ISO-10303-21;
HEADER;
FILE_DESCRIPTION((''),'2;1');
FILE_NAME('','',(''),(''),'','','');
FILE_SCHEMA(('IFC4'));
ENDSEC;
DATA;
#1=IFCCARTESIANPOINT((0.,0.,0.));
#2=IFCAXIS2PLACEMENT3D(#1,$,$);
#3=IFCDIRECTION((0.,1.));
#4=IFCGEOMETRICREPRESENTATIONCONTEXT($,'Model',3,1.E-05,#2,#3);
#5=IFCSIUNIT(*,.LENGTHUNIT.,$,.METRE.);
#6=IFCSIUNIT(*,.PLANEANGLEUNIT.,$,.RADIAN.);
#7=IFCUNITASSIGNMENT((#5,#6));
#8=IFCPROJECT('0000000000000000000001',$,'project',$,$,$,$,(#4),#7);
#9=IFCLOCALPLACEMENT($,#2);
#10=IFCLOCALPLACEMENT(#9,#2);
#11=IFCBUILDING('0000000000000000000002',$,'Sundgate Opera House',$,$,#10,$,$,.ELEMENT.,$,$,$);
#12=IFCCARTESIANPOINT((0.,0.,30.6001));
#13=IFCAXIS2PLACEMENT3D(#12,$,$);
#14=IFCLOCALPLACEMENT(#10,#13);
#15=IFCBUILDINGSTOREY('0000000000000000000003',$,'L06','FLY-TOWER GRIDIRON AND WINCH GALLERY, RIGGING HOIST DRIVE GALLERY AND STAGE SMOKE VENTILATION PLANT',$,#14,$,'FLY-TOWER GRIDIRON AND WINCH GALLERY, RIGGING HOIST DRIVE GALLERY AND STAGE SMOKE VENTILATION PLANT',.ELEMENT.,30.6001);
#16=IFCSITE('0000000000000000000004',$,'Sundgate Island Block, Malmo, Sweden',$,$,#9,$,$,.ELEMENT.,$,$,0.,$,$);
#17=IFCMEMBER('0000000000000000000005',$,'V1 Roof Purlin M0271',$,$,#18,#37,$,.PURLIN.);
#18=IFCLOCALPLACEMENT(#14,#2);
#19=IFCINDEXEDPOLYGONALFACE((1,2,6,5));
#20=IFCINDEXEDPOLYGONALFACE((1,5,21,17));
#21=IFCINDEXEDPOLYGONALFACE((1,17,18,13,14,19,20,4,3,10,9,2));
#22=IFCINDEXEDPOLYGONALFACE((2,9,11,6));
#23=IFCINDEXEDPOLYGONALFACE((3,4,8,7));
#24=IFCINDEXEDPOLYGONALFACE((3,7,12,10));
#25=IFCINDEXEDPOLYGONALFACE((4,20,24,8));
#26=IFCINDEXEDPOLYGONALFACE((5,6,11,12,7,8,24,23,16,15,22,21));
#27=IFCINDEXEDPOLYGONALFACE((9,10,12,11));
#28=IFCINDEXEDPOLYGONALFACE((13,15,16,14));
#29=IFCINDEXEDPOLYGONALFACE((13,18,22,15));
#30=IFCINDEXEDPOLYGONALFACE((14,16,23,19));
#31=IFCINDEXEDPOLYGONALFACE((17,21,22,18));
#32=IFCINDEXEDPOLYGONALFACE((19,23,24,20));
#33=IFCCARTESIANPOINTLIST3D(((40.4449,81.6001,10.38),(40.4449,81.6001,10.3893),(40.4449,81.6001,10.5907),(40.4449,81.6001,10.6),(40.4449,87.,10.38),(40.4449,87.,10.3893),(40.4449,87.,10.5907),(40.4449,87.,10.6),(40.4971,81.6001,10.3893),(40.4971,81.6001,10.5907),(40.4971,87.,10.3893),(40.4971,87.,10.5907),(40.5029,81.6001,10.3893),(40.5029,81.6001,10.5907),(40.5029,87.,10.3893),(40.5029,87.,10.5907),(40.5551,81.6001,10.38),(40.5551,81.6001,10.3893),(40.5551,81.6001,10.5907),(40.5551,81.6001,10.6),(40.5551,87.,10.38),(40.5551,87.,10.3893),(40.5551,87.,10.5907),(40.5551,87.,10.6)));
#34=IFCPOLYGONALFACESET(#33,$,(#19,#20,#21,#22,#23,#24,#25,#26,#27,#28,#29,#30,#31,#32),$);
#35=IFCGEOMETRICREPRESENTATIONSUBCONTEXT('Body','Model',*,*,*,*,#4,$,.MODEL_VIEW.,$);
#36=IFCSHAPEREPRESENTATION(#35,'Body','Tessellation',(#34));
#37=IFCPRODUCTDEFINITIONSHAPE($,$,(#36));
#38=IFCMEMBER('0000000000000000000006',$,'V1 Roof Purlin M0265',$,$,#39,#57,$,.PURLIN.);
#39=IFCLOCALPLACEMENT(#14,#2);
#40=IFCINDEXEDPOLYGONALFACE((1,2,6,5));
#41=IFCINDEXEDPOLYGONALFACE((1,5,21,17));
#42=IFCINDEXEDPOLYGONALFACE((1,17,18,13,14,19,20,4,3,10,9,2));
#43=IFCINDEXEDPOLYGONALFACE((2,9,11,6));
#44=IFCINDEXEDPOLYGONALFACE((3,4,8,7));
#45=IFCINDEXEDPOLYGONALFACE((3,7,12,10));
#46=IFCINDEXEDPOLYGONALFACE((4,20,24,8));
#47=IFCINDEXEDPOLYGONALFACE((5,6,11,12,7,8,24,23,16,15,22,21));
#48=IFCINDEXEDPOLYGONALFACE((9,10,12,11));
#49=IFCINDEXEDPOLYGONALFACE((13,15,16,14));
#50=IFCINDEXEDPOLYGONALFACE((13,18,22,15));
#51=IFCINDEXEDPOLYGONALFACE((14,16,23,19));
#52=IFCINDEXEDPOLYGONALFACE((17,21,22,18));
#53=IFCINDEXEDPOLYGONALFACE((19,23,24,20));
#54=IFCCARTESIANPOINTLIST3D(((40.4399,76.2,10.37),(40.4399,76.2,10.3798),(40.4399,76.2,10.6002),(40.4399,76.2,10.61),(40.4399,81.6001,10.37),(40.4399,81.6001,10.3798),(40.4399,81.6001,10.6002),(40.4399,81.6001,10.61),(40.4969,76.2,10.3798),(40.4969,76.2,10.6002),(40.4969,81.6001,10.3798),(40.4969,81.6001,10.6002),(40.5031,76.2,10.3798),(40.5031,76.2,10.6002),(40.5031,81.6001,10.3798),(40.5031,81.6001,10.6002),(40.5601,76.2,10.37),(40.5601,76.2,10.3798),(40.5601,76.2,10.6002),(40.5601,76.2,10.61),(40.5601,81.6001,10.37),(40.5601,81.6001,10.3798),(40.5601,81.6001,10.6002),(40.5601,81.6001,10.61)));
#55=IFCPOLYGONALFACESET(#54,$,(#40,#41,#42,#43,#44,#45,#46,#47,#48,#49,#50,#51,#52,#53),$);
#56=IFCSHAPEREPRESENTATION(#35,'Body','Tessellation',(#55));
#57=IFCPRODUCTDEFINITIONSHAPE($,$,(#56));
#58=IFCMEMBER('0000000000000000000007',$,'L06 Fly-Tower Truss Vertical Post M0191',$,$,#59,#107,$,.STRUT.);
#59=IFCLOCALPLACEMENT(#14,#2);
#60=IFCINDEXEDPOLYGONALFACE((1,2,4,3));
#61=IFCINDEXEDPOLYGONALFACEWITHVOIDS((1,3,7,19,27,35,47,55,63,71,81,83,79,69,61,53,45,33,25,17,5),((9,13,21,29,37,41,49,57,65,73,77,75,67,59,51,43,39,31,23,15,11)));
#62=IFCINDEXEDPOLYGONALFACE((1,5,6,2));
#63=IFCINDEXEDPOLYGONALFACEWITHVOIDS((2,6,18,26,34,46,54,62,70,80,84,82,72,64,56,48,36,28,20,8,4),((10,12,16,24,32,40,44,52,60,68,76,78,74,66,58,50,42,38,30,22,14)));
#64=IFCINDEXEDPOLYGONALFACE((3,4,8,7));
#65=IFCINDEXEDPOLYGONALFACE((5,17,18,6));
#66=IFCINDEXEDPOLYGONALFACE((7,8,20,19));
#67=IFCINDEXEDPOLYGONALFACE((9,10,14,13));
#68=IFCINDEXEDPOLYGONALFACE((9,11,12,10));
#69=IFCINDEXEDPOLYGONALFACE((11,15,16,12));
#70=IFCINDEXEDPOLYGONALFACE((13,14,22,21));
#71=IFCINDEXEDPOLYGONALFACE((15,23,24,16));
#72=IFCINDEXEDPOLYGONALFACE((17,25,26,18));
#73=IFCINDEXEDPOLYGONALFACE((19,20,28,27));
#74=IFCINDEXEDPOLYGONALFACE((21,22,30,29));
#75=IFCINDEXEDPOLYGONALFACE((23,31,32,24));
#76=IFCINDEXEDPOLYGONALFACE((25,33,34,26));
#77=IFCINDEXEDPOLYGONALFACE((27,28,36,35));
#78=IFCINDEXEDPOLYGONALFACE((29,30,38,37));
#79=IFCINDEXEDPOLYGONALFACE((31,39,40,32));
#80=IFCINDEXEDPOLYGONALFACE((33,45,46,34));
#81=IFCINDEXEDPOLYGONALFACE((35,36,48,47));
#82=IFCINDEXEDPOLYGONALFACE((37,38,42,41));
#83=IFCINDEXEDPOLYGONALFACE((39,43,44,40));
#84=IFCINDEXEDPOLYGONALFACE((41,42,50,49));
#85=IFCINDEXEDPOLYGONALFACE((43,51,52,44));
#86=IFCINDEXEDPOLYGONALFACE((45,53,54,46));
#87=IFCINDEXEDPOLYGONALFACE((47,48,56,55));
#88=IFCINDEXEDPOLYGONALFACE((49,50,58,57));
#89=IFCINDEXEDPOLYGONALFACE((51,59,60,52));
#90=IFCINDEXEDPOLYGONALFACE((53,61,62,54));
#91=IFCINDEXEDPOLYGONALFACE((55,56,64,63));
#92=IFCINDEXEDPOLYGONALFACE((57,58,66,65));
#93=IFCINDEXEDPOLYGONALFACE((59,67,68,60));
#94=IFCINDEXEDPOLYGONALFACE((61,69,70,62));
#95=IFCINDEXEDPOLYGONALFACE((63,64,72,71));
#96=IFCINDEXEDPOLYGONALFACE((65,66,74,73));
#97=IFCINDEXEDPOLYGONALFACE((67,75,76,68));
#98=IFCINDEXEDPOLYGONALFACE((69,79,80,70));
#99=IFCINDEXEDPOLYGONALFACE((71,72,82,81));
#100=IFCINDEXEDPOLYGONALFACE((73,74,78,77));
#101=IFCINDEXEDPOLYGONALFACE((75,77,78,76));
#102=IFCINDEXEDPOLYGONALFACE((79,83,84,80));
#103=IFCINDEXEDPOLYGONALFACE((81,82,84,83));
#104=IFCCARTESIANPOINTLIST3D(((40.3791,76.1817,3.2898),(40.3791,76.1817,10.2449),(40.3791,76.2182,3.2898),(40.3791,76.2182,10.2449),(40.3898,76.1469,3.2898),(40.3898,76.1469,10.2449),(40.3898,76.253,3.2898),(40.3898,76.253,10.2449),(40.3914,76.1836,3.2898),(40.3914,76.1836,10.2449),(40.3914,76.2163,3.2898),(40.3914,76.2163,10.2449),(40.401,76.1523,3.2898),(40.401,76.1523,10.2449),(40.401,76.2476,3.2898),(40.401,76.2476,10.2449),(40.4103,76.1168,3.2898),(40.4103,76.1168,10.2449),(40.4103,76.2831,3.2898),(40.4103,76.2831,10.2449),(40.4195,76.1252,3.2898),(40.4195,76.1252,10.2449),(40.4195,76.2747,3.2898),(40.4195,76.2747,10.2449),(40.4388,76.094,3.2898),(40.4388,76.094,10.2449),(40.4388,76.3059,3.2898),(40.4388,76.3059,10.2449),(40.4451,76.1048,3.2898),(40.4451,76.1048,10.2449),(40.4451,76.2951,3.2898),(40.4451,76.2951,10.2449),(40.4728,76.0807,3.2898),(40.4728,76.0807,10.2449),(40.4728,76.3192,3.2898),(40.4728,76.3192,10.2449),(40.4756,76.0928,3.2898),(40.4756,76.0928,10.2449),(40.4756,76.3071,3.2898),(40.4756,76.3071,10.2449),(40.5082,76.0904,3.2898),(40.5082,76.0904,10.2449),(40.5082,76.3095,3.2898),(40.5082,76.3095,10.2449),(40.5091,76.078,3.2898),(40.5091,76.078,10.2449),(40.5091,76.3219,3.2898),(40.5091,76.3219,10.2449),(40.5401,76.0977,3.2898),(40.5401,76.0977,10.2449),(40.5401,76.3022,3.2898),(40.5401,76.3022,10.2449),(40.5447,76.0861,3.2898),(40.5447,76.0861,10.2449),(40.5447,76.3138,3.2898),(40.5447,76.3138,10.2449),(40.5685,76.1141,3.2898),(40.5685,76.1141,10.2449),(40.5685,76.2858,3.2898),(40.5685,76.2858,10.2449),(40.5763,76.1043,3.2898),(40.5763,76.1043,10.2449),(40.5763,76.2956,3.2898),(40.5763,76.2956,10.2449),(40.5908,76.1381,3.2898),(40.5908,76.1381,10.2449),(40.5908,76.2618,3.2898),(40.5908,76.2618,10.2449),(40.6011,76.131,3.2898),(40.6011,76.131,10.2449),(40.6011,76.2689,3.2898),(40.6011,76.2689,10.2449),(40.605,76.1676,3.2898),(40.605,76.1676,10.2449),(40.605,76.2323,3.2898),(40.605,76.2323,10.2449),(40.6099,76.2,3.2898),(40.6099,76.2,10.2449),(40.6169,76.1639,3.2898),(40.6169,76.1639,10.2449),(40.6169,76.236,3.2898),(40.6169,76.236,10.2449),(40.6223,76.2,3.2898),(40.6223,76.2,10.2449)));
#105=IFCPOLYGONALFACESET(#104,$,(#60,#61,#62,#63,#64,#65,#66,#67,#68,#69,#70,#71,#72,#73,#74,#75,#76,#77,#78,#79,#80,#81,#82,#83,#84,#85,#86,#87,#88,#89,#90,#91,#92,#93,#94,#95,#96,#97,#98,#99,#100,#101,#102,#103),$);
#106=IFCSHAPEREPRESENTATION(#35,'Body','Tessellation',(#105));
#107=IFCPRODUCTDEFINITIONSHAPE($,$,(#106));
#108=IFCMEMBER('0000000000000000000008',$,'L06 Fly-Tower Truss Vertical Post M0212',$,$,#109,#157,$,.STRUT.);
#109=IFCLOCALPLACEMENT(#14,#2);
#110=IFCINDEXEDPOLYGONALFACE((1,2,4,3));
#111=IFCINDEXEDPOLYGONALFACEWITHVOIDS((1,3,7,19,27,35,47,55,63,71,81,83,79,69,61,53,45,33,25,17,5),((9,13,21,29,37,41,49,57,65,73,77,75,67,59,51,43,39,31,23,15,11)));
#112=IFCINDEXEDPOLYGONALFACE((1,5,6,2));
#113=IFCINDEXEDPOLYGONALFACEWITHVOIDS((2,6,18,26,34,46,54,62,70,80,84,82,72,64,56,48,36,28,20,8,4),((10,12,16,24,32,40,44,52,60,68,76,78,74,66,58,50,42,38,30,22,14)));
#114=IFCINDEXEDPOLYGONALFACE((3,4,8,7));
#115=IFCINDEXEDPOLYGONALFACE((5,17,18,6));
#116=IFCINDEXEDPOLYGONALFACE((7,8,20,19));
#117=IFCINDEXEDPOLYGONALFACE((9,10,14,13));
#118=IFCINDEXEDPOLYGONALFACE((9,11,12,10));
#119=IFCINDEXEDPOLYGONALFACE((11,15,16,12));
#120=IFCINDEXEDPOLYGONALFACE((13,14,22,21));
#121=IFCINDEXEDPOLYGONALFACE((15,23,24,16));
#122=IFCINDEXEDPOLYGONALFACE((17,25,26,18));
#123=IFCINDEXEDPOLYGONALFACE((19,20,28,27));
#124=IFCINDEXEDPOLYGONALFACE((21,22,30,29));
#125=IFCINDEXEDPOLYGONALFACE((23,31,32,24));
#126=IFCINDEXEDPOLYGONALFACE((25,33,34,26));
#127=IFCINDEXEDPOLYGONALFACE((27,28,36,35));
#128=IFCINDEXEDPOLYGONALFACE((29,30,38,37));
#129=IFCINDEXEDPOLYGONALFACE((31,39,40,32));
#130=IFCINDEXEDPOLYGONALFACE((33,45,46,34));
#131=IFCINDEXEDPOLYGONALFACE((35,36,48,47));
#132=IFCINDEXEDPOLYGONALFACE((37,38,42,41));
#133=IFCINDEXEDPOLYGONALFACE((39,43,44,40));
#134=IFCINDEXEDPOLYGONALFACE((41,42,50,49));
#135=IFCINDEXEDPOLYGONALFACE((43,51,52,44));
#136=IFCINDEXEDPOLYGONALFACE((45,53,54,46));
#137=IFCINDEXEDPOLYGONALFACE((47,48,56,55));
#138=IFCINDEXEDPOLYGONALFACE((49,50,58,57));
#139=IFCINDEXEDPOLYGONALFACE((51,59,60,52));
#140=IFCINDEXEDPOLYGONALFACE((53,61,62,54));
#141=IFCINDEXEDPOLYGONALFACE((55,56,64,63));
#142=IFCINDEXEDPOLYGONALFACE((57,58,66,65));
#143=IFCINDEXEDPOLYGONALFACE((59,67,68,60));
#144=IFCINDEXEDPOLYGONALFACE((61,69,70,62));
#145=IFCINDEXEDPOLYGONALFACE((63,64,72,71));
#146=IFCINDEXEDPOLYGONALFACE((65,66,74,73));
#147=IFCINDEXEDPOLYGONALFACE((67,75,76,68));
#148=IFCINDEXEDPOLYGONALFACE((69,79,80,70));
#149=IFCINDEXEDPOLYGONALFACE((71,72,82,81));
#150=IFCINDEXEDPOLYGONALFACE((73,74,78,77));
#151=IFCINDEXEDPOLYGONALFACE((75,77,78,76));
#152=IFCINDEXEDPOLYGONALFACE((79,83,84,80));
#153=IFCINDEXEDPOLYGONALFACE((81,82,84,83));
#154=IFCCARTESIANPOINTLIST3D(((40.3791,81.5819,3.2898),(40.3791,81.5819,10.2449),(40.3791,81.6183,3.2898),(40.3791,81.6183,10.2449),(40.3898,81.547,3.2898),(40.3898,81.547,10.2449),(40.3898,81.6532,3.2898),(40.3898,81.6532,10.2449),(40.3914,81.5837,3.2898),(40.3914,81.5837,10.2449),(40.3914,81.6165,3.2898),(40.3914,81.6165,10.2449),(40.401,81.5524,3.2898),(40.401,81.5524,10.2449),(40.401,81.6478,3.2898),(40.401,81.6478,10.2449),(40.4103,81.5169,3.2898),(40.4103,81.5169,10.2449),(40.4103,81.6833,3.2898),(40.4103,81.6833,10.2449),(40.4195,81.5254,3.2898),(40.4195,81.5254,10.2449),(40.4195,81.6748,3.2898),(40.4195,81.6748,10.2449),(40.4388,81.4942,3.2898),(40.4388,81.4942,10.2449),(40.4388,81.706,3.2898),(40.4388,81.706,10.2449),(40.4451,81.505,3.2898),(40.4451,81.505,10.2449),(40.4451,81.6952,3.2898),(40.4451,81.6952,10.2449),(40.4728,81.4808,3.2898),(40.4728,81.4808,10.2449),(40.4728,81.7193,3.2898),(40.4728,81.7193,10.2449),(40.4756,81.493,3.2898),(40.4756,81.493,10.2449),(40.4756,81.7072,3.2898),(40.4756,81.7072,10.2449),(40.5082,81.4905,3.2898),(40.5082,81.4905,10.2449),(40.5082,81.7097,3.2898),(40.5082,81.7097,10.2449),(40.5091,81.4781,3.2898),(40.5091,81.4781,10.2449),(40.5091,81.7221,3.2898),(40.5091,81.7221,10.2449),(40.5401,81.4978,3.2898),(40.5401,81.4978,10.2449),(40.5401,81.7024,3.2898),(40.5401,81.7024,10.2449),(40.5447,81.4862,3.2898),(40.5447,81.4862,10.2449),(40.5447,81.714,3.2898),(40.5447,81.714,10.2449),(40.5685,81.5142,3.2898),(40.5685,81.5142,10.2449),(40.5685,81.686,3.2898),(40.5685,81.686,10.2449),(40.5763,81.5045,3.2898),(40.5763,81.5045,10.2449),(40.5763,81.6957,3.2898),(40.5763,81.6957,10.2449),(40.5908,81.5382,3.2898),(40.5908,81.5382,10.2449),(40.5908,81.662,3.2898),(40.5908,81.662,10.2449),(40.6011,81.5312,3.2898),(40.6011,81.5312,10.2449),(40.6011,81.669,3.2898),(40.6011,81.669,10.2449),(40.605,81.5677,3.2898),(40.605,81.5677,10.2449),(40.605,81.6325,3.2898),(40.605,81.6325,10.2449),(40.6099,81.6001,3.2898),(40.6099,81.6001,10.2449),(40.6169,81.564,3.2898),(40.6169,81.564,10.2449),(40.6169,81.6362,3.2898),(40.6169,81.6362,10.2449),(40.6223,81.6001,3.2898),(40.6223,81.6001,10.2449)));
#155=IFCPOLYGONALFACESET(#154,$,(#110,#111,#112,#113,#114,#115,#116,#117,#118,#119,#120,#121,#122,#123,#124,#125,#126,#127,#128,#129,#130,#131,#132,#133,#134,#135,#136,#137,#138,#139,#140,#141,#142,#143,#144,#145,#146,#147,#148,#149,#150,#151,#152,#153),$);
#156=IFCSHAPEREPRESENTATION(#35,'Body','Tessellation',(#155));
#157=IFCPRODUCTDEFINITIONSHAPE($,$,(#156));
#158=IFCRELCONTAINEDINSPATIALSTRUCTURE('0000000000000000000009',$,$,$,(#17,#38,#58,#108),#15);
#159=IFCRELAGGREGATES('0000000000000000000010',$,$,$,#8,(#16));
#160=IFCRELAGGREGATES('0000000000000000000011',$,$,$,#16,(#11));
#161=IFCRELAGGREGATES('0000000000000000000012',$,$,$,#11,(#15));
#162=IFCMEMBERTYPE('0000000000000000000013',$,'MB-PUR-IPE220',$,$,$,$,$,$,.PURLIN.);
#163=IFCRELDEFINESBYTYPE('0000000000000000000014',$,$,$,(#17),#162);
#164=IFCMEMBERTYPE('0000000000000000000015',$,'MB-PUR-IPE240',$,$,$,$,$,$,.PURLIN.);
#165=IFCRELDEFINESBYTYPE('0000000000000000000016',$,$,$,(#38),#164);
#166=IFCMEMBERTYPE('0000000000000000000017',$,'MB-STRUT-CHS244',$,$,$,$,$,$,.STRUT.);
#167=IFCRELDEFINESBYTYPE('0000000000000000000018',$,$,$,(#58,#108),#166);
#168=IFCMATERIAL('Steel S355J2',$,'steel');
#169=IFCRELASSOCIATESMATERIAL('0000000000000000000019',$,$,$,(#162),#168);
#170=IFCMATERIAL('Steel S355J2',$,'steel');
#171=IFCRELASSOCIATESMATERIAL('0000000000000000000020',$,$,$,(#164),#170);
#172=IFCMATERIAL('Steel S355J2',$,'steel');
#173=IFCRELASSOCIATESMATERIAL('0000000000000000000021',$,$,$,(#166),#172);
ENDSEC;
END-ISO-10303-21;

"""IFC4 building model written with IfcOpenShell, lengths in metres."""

from ifc_helpers import new_model, si_unit, direction, frame, origin, origin_2d, place, context, subcontext, project, spatial, hollow_circle, i_section, extrude, material, material_profile, profile_set, type_object, element, save


model = new_model("IFC4")

# Units and contexts
model_context = context("Model", 3, precision=1e-05, world=origin(), true_north=direction((0.0, 1.0)))
body_context = subcontext(model_context, "Body", "Model", "MODEL_VIEW")
ifc_project = project(units=[si_unit("LENGTHUNIT", "METRE"), si_unit("PLANEANGLEUNIT", "RADIAN")], contexts=[model_context])

# Site, building, storey
site_placement = place(None, origin())
site = spatial("IfcSite", under=ifc_project, at=site_placement, Name="Sundgate Island Block, Malmo, Sweden", CompositionType="ELEMENT", RefElevation=0.0)
building_placement = place(site_placement, origin())
building = spatial("IfcBuilding", under=site, at=building_placement, Name="Sundgate Opera House", CompositionType="ELEMENT")
storey_placement = place(building_placement, frame((0.0, 0.0, 30.6001)))
storey = spatial("IfcBuildingStorey", under=building, at=storey_placement, Name="L06", Description="FLY-TOWER GRIDIRON AND WINCH GALLERY, RIGGING HOIST DRIVE GALLERY AND STAGE SMOKE VENTILATION PLANT", LongName="FLY-TOWER GRIDIRON AND WINCH GALLERY, RIGGING HOIST DRIVE GALLERY AND STAGE SMOKE VENTILATION PLANT", CompositionType="ELEMENT", Elevation=30.6001)

# Members
ifc_material_1 = material(Name="Steel S355J2", Category="steel")
ifc_material_profile_1 = material_profile(ifc_material_1, i_section(OverallWidth=0.1101, OverallDepth=0.22, WebThickness=0.0059, FlangeThickness=0.0093, at=origin_2d()), Name="IPE 220")
ifc_profile_set_1 = profile_set([ifc_material_profile_1], Name="Steel S355J2")
member_type_1 = type_object("IfcMemberType", Name="MB-PUR-IPE220", PredefinedType="PURLIN", material=ifc_profile_set_1)
member_1_placement = place(storey_placement, frame((40.5, 81.6001, 10.49), z_axis=(0.0, 1.0, 0.0), x_axis=(-1.0, 0.0, 0.0)))
element("IfcMember", 1, at=member_1_placement, inside=storey, type_object=member_type_1, Name="V1 Roof Purlin M0271", PredefinedType="PURLIN", context=body_context, shape_type="SweptSolid", body=[
    extrude(i_section(OverallWidth=0.1101, OverallDepth=0.22, WebThickness=0.0059, FlangeThickness=0.0093, at=origin_2d()), origin(), (0.0, 0.0, 1.0), 5.3999),
])
ifc_material_2 = material(Name="Steel S355J2", Category="steel")
ifc_material_profile_2 = material_profile(ifc_material_2, i_section(OverallWidth=0.1201, OverallDepth=0.24, WebThickness=0.0061, FlangeThickness=0.0098, at=origin_2d()), Name="IPE 240")
ifc_profile_set_2 = profile_set([ifc_material_profile_2], Name="Steel S355J2")
member_type_2 = type_object("IfcMemberType", Name="MB-PUR-IPE240", PredefinedType="PURLIN", material=ifc_profile_set_2)
member_2_placement = place(storey_placement, frame((40.5, 76.2, 10.49), z_axis=(0.0, 1.0, 0.0), x_axis=(-1.0, 0.0, 0.0)))
element("IfcMember", 2, at=member_2_placement, inside=storey, type_object=member_type_2, Name="V1 Roof Purlin M0265", PredefinedType="PURLIN", context=body_context, shape_type="SweptSolid", body=[
    extrude(i_section(OverallWidth=0.1201, OverallDepth=0.24, WebThickness=0.0061, FlangeThickness=0.0098, at=origin_2d()), origin(), (0.0, 0.0, 1.0), 5.4001),
])
ifc_material_3 = material(Name="Steel S355J2", Category="steel")
ifc_material_profile_3 = material_profile(ifc_material_3, hollow_circle(Radius=0.1223, WallThickness=0.0125, at=origin_2d()), Name="CHS 244.5x12.5")
ifc_profile_set_3 = profile_set([ifc_material_profile_3], Name="Steel S355J2")
member_type_3 = type_object("IfcMemberType", Name="MB-STRUT-CHS244", PredefinedType="STRUT", material=ifc_profile_set_3)
for number, where, z_axis, x_axis, name in (
    (3, (40.5, 76.2, 3.2898), (0.0, 0.0, 1.0), (1.0, 0.0, 0.0), "L06 Fly-Tower Truss Vertical Post M0191"),
    (4, (40.5, 81.6001, 3.2898), (0.0, 0.0, 1.0), (1.0, 0.0, 0.0), "L06 Fly-Tower Truss Vertical Post M0212"),
):
    element("IfcMember", number, at=place(storey_placement, frame(where, z_axis=z_axis, x_axis=x_axis)), inside=storey, type_object=member_type_3, Name=name, PredefinedType="STRUT", context=body_context, shape_type="SweptSolid", body=[
        extrude(hollow_circle(Radius=0.1223, WallThickness=0.0125, at=origin_2d()), origin(), (0.0, 0.0, 1.0), 6.9551),
    ])

save(model, "model.ifc")
